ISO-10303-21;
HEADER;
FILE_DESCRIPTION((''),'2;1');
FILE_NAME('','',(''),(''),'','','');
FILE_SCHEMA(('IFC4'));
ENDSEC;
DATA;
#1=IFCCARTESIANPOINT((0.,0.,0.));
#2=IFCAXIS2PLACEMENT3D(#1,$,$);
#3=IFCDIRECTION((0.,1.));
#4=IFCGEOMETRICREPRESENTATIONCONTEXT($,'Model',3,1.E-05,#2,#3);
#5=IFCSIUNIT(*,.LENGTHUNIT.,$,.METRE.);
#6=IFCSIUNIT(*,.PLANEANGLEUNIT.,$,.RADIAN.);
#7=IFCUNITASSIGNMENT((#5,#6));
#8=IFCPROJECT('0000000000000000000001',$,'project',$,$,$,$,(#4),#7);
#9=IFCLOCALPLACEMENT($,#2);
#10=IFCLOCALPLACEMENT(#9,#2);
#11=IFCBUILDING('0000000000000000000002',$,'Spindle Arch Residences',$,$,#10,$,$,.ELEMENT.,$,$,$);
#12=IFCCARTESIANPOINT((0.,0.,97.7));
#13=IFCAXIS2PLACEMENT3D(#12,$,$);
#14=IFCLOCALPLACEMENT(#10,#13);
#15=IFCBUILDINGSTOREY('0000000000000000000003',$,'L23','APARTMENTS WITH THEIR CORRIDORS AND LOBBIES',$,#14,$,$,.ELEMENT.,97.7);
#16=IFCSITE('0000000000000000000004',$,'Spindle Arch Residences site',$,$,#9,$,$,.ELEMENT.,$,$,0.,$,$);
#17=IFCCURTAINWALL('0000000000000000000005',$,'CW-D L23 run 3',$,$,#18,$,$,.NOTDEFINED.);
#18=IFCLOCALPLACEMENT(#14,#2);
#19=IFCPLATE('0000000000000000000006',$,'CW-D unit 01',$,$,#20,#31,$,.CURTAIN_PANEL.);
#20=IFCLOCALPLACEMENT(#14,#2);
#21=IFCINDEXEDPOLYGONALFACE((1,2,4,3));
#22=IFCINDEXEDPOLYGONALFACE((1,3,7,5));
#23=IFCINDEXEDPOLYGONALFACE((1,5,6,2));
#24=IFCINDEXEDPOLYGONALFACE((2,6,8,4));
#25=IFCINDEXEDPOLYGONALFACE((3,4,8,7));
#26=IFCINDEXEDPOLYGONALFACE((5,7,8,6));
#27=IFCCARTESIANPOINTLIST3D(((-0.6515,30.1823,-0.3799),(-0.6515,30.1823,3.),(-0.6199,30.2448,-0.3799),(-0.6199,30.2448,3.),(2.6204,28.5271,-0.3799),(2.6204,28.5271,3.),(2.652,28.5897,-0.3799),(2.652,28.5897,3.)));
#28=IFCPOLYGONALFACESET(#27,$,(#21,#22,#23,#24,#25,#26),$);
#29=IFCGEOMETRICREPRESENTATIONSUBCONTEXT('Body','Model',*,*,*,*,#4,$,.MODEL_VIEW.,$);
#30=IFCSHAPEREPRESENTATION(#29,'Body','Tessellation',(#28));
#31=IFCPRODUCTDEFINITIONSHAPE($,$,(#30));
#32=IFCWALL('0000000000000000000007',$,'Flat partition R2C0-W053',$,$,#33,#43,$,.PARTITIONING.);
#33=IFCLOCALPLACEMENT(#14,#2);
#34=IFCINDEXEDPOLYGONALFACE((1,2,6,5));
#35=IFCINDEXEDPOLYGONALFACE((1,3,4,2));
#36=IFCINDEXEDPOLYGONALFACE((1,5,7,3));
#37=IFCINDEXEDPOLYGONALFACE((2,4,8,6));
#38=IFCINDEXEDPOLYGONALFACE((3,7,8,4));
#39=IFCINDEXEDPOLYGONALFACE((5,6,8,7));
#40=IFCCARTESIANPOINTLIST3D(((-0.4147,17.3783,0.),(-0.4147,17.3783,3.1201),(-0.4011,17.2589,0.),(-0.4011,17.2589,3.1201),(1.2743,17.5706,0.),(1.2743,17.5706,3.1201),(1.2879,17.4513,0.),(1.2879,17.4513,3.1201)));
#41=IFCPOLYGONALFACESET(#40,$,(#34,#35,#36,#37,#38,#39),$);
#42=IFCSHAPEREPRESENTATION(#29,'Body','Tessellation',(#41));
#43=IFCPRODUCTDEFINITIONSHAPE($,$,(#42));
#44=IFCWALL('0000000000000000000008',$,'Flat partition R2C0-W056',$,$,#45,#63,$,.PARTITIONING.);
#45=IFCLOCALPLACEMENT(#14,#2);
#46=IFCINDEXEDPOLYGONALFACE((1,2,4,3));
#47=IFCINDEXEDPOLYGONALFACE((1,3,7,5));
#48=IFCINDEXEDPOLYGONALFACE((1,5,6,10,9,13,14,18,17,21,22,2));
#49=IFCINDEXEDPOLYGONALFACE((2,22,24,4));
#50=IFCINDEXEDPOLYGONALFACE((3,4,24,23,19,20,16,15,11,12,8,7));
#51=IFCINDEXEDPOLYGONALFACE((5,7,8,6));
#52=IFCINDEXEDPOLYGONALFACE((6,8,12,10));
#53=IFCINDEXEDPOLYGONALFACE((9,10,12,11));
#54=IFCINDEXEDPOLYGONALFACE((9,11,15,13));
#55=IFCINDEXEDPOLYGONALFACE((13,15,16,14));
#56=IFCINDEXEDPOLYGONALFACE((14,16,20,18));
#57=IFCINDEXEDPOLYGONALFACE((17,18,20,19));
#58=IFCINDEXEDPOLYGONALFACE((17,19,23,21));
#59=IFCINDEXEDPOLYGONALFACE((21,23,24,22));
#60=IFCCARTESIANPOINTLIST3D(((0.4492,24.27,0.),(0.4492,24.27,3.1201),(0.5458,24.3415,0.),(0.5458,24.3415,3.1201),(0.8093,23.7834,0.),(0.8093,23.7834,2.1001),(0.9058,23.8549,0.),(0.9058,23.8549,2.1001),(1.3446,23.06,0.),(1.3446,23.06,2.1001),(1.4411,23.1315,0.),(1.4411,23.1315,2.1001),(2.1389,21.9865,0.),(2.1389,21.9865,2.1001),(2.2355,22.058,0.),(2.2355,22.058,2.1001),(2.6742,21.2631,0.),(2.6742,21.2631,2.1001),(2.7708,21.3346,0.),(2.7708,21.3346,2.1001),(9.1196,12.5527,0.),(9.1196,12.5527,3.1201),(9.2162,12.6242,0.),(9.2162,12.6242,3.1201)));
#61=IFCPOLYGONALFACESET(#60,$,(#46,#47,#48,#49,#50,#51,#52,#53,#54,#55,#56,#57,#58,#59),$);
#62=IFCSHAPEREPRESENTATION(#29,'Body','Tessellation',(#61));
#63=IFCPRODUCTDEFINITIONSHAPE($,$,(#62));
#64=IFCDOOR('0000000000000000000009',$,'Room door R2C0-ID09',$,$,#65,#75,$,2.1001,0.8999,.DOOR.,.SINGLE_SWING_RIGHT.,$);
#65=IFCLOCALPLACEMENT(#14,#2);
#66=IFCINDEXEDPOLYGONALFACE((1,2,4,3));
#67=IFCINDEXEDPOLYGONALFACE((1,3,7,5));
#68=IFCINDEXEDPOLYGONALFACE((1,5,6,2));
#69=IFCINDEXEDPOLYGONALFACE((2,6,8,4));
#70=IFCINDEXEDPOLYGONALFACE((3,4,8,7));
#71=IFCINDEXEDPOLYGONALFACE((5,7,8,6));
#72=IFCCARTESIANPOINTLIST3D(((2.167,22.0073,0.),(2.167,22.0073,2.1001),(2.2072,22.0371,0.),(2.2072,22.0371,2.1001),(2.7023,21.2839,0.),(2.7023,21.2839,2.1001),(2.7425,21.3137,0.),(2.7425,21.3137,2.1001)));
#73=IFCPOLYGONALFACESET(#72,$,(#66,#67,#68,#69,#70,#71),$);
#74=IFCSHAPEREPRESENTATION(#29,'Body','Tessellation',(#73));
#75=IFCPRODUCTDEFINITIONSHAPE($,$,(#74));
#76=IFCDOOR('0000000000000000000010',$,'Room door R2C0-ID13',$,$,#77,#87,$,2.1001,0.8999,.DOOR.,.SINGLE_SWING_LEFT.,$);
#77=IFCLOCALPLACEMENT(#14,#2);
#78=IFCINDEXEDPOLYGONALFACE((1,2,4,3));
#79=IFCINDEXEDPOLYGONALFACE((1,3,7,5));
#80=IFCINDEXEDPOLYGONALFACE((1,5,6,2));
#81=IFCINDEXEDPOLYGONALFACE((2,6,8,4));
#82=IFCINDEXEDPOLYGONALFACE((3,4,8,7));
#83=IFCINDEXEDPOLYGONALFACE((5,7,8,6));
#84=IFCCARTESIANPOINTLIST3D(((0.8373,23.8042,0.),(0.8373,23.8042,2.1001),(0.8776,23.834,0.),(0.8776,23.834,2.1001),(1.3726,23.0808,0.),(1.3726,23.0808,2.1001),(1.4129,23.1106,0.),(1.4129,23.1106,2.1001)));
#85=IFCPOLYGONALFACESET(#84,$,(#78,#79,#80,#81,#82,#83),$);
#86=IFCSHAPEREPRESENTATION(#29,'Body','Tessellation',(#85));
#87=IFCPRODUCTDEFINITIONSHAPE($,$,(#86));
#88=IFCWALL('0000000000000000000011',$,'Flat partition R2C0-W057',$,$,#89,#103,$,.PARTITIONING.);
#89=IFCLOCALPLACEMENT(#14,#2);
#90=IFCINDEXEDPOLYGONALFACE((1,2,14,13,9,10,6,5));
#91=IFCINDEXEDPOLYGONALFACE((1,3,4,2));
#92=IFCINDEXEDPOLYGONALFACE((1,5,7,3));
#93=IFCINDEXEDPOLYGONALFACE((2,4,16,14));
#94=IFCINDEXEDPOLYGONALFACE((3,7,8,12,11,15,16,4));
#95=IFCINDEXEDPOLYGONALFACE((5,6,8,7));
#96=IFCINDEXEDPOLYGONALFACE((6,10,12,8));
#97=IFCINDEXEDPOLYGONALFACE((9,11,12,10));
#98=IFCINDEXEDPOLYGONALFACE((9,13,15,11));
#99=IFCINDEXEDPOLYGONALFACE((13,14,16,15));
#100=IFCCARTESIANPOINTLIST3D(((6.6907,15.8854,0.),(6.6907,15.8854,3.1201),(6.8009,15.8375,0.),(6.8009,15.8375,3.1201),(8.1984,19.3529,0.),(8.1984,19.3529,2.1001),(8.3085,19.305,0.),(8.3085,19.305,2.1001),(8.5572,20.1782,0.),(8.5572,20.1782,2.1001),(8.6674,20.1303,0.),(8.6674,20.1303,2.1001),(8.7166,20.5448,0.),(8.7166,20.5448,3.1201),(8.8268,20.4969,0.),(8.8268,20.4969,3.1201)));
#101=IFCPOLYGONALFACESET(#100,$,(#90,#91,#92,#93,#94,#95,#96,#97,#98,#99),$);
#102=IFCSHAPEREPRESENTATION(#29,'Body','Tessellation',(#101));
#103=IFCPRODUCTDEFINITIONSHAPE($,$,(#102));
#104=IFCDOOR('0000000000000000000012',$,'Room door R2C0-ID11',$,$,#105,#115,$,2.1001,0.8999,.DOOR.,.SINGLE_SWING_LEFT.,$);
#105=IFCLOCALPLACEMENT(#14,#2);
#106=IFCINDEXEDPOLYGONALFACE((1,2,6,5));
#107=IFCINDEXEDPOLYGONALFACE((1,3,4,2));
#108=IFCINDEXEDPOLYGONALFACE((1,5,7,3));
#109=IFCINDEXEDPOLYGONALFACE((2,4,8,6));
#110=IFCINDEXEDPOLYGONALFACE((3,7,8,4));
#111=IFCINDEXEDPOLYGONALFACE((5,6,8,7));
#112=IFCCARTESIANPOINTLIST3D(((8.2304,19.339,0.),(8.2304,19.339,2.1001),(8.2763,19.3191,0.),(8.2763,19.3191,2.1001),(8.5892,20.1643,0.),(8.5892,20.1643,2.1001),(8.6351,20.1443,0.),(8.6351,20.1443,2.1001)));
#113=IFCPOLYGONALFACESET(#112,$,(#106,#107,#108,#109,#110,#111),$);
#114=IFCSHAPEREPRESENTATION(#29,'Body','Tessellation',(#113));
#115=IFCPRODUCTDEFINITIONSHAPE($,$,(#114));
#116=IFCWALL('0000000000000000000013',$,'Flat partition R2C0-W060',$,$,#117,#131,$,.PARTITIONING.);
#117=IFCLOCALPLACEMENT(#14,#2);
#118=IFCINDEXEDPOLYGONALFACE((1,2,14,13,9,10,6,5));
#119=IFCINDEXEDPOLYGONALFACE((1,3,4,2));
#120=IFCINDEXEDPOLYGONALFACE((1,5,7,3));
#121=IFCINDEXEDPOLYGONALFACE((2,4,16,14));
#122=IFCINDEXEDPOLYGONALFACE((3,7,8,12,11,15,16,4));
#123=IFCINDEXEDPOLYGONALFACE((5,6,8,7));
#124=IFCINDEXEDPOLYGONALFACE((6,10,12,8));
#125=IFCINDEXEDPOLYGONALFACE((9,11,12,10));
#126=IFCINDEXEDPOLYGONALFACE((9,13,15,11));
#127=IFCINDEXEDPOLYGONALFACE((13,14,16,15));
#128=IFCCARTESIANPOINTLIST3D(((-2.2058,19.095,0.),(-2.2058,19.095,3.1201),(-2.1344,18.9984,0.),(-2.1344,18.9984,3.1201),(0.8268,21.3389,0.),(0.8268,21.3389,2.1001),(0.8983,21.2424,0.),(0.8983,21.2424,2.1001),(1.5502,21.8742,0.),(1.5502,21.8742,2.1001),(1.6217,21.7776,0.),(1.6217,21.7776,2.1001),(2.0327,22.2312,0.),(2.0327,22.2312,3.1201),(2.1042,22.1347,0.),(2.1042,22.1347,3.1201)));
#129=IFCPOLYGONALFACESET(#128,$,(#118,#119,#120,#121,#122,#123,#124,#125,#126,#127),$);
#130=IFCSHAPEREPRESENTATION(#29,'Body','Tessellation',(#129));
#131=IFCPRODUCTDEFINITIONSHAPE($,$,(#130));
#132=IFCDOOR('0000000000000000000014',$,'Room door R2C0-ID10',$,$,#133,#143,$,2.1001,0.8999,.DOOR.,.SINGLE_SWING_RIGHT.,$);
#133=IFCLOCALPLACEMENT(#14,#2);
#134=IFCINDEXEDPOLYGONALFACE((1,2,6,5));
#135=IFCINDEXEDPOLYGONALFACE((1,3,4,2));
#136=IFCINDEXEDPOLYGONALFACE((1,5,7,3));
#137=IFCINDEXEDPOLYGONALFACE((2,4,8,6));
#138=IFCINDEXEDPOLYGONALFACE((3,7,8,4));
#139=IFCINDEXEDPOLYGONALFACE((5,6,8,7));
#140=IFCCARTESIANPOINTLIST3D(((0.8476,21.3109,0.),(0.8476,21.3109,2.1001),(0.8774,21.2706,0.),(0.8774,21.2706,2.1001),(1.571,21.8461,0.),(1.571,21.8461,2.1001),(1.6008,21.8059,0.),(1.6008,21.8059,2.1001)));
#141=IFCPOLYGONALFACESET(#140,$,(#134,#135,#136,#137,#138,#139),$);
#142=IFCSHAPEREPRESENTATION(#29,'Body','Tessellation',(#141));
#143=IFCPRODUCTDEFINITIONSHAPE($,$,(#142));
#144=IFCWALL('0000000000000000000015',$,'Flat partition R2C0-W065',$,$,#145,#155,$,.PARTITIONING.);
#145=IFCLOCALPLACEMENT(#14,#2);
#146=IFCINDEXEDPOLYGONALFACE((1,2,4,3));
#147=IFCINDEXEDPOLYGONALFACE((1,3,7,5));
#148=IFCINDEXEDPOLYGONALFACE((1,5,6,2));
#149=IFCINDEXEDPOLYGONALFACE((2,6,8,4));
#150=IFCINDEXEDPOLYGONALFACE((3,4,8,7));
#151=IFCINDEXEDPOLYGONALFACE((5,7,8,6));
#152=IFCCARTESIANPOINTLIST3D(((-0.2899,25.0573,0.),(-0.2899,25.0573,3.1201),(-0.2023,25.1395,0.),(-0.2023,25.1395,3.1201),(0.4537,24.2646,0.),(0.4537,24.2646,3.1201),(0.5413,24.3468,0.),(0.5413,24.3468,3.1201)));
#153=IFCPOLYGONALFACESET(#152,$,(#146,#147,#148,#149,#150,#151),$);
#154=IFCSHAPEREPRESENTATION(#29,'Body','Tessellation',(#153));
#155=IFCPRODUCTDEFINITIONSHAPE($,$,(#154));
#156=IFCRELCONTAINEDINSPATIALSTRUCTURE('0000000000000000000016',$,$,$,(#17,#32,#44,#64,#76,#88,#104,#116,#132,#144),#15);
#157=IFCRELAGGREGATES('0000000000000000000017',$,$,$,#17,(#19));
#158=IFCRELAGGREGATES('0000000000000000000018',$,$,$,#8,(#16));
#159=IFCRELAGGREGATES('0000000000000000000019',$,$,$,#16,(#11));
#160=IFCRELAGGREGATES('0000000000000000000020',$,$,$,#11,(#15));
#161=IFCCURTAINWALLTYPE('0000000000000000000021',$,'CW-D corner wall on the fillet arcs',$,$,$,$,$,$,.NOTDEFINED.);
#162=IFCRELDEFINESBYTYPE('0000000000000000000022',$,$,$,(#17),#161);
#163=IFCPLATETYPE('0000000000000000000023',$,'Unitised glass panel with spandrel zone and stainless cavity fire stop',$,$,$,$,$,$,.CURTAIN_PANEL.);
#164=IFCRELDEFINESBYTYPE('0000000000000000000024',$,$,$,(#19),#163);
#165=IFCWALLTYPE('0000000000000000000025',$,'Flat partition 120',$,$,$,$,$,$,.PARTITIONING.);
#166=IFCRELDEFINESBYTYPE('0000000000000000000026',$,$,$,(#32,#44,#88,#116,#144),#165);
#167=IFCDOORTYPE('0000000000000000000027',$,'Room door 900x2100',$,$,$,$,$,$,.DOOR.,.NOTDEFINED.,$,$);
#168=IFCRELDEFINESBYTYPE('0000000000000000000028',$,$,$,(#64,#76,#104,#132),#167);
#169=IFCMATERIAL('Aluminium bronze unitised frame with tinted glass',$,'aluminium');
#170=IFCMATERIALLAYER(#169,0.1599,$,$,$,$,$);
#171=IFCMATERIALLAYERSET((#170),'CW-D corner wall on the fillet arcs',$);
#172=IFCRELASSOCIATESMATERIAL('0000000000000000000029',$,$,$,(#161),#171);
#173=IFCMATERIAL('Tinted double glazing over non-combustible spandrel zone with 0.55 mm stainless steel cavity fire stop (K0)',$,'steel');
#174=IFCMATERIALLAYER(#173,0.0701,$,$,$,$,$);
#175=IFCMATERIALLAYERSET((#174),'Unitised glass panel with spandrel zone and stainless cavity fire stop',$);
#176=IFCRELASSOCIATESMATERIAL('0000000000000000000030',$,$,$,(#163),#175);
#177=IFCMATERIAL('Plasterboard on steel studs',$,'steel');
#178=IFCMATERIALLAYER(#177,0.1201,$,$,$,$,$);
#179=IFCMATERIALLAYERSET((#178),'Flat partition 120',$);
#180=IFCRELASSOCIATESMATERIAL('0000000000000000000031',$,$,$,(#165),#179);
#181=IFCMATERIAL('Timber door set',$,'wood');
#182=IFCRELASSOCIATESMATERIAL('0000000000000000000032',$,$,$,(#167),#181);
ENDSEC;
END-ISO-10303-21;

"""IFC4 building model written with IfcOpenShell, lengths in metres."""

from ifc_helpers import new_model, si_unit, direction, frame, frame_2d, origin, origin_2d, place, context, subcontext, project, spatial, rectangle, extrude, material, layer, layer_set, type_object, element, fill, aggregate, save


model = new_model("IFC4")

# Units and contexts
model_context = context("Model", 3, precision=1e-05, world=origin(), true_north=direction((0.0, 1.0)))
body_context = subcontext(model_context, "Body", "Model", "MODEL_VIEW")
ifc_project = project(units=[si_unit("LENGTHUNIT", "METRE"), si_unit("PLANEANGLEUNIT", "RADIAN")], contexts=[model_context])

# Site, building, storey
site_placement = place(None, origin())
site = spatial("IfcSite", under=ifc_project, at=site_placement, Name="Spindle Arch Residences site", CompositionType="ELEMENT", RefElevation=0.0)
building_placement = place(site_placement, origin())
building = spatial("IfcBuilding", under=site, at=building_placement, Name="Spindle Arch Residences", CompositionType="ELEMENT")
storey_placement = place(building_placement, frame((0.0, 0.0, 97.7)))
storey = spatial("IfcBuildingStorey", under=building, at=storey_placement, Name="L23", Description="APARTMENTS WITH THEIR CORRIDORS AND LOBBIES", CompositionType="ELEMENT", Elevation=97.7)

# Curtain wall
ifc_material_1 = material(Name="Aluminium bronze unitised frame with tinted glass", Category="aluminium")
ifc_layer_1 = layer(ifc_material_1, 0.1599)
ifc_layer_set_1 = layer_set([ifc_layer_1], Name="CW-D corner wall on the fillet arcs")
curtain_wall_type_1 = type_object("IfcCurtainWallType", Name="CW-D corner wall on the fillet arcs", PredefinedType="NOTDEFINED", material=ifc_layer_set_1)
curtain_wall_1_placement = place(storey_placement, origin())
curtain_wall_1 = element("IfcCurtainWall", 1, at=curtain_wall_1_placement, inside=storey, type_object=curtain_wall_type_1, Name="CW-D L23 run 3", PredefinedType="NOTDEFINED")

# Plate
ifc_material_2 = material(Name="Tinted double glazing over non-combustible spandrel zone with 0.55 mm stainless steel cavity fire stop (K0)", Category="steel")
ifc_layer_2 = layer(ifc_material_2, 0.0701)
ifc_layer_set_2 = layer_set([ifc_layer_2], Name="Unitised glass panel with spandrel zone and stainless cavity fire stop")
plate_type = type_object("IfcPlateType", Name="Unitised glass panel with spandrel zone and stainless cavity fire stop", PredefinedType="CURTAIN_PANEL", material=ifc_layer_set_2)
plate_1_placement = place(storey_placement, frame((1.0002, 29.386, -0.3799), z_axis=(0.0, 0.0, 1.0), x_axis=(-0.892323, 0.451397, 0.0)))
plate_1 = element("IfcPlate", 2, at=plate_1_placement, type_object=plate_type, Name="CW-D unit 01", PredefinedType="CURTAIN_PANEL", context=body_context, shape_type="SweptSolid", body=[
    extrude(rectangle(XDim=3.6667, YDim=0.0701, at=origin_2d()), origin(), (0.0, 0.0, 1.0), 3.3799),
])
aggregate(curtain_wall_1, [plate_1])

# Wall
ifc_material_3 = material(Name="Plasterboard on steel studs", Category="steel")
ifc_layer_3 = layer(ifc_material_3, 0.1201)
ifc_layer_set_3 = layer_set([ifc_layer_3], Name="Flat partition 120")
wall_type_1 = type_object("IfcWallType", Name="Flat partition 120", PredefinedType="PARTITIONING", material=ifc_layer_set_3)
wall_1_placement = place(storey_placement, frame((1.2812, 17.511, 0.0), z_axis=(0.0, 0.0, 1.0), x_axis=(-0.993575, -0.113174, 0.0)))
element("IfcWall", 3, at=wall_1_placement, inside=storey, type_object=wall_type_1, Name="Flat partition R2C0-W053", PredefinedType="PARTITIONING", context=body_context, shape_type="SweptSolid", body=[
    extrude(rectangle(XDim=1.7, YDim=0.1201, at=frame_2d((0.8501, 0.0))), origin(), (0.0, 0.0, 1.0), 3.1201),
])

# Wall, openings, doors
wall_2_placement = place(storey_placement, frame((0.4976, 24.3057, 0.0), z_axis=(0.0, 0.0, 1.0), x_axis=(0.594826, -0.803854, 0.0)))
wall_2 = element("IfcWall", 4, at=wall_2_placement, inside=storey, type_object=wall_type_1, Name="Flat partition R2C0-W056", PredefinedType="PARTITIONING", context=body_context, shape_type="SweptSolid", body=[
    extrude(rectangle(XDim=14.5764, YDim=0.1201, at=frame_2d((7.2881, 0.0))), origin(), (0.0, 0.0, 1.0), 3.1201),
])
opening_1_placement = place(wall_2_placement, frame((2.8406, 0.0, 0.0)))
opening_1 = element("IfcOpeningElement", 5, at=opening_1_placement, cuts=wall_2, PredefinedType="OPENING", context=body_context, shape_type="SweptSolid", body=[
    extrude(rectangle(XDim=0.8999, YDim=2.1001, at=frame_2d((0.45, 1.05))), frame((0.0, 0.0701, 0.0), z_axis=(0.0, -1.0, 0.0), x_axis=(1.0, 0.0, 0.0)), (0.0, 0.0, 1.0), 0.1401),
])
opening_2_placement = place(wall_2_placement, frame((0.6052, 0.0, 0.0)))
opening_2 = element("IfcOpeningElement", 6, at=opening_2_placement, cuts=wall_2, PredefinedType="OPENING", context=body_context, shape_type="SweptSolid", body=[
    extrude(rectangle(XDim=0.8999, YDim=2.1001, at=frame_2d((0.45, 1.05))), frame((0.0, 0.0701, 0.0), z_axis=(0.0, -1.0, 0.0), x_axis=(1.0, 0.0, 0.0)), (0.0, 0.0, 1.0), 0.1401),
])
ifc_material_4 = material(Name="Timber door set", Category="wood")
door_type = type_object("IfcDoorType", Name="Room door 900x2100", OperationType="NOTDEFINED", PredefinedType="DOOR", material=ifc_material_4)
door_1_placement = place(opening_1_placement, origin())
door_1 = element("IfcDoor", 7, at=door_1_placement, inside=storey, type_object=door_type, Name="Room door R2C0-ID09", OperationType="SINGLE_SWING_RIGHT", OverallHeight=2.1001, OverallWidth=0.8999, PredefinedType="DOOR", context=body_context, shape_type="SweptSolid", body=[
    extrude(rectangle(XDim=0.8999, YDim=2.1001, at=frame_2d((0.45, 1.05))), frame((0.0, 0.0249, 0.0), z_axis=(0.0, -1.0, 0.0), x_axis=(1.0, 0.0, 0.0)), (0.0, 0.0, 1.0), 0.05),
])
fill(opening_1, door_1)
door_2_placement = place(opening_2_placement, origin())
door_2 = element("IfcDoor", 8, at=door_2_placement, inside=storey, type_object=door_type, Name="Room door R2C0-ID13", OperationType="SINGLE_SWING_LEFT", OverallHeight=2.1001, OverallWidth=0.8999, PredefinedType="DOOR", context=body_context, shape_type="SweptSolid", body=[
    extrude(rectangle(XDim=0.8999, YDim=2.1001, at=frame_2d((0.45, 1.05))), frame((0.0, 0.0249, 0.0), z_axis=(0.0, -1.0, 0.0), x_axis=(1.0, 0.0, 0.0)), (0.0, 0.0, 1.0), 0.05),
])
fill(opening_2, door_2)

# Walls, openings, doors
wall_3_placement = place(storey_placement, frame((8.7717, 20.521, 0.0), z_axis=(0.0, 0.0, 1.0), x_axis=(-0.398733, -0.917067, 0.0)))
wall_3 = element("IfcWall", 9, at=wall_3_placement, inside=storey, type_object=wall_type_1, Name="Flat partition R2C0-W057", PredefinedType="PARTITIONING", context=body_context, shape_type="SweptSolid", body=[
    extrude(rectangle(XDim=5.0808, YDim=0.1201, at=frame_2d((2.5405, 0.0))), origin(), (0.0, 0.0, 1.0), 3.1201),
])
opening_3_placement = place(wall_3_placement, frame((0.3999, 0.0, 0.0)))
opening_3 = element("IfcOpeningElement", 10, at=opening_3_placement, cuts=wall_3, PredefinedType="OPENING", context=body_context, shape_type="SweptSolid", body=[
    extrude(rectangle(XDim=0.8999, YDim=2.1001, at=frame_2d((0.45, 1.05))), frame((0.0, 0.0701, 0.0), z_axis=(0.0, -1.0, 0.0), x_axis=(1.0, 0.0, 0.0)), (0.0, 0.0, 1.0), 0.1401),
])
door_3_placement = place(opening_3_placement, origin())
door_3 = element("IfcDoor", 11, at=door_3_placement, inside=storey, type_object=door_type, Name="Room door R2C0-ID11", OperationType="SINGLE_SWING_LEFT", OverallHeight=2.1001, OverallWidth=0.8999, PredefinedType="DOOR", context=body_context, shape_type="SweptSolid", body=[
    extrude(rectangle(XDim=0.8999, YDim=2.1001, at=frame_2d((0.45, 1.05))), frame((0.0, 0.0249, 0.0), z_axis=(0.0, -1.0, 0.0), x_axis=(1.0, 0.0, 0.0)), (0.0, 0.0, 1.0), 0.05),
])
fill(opening_3, door_3)
wall_4_placement = place(storey_placement, frame((2.0684, 22.1829, 0.0), z_axis=(0.0, 0.0, 1.0), x_axis=(-0.803867, -0.594809, 0.0)))
wall_4 = element("IfcWall", 12, at=wall_4_placement, inside=storey, type_object=wall_type_1, Name="Flat partition R2C0-W060", PredefinedType="PARTITIONING", context=body_context, shape_type="SweptSolid", body=[
    extrude(rectangle(XDim=5.2727, YDim=0.1201, at=frame_2d((2.6362, 0.0))), origin(), (0.0, 0.0, 1.0), 3.1201),
])
opening_4_placement = place(wall_4_placement, frame((0.6001, 0.0, 0.0)))
opening_4 = element("IfcOpeningElement", 13, at=opening_4_placement, cuts=wall_4, PredefinedType="OPENING", context=body_context, shape_type="SweptSolid", body=[
    extrude(rectangle(XDim=0.8999, YDim=2.1001, at=frame_2d((0.45, 1.05))), frame((0.0, 0.0701, 0.0), z_axis=(0.0, -1.0, 0.0), x_axis=(1.0, 0.0, 0.0)), (0.0, 0.0, 1.0), 0.1401),
])
door_4_placement = place(opening_4_placement, origin())
door_4 = element("IfcDoor", 14, at=door_4_placement, inside=storey, type_object=door_type, Name="Room door R2C0-ID10", OperationType="SINGLE_SWING_RIGHT", OverallHeight=2.1001, OverallWidth=0.8999, PredefinedType="DOOR", context=body_context, shape_type="SweptSolid", body=[
    extrude(rectangle(XDim=0.8999, YDim=2.1001, at=frame_2d((0.45, 1.05))), frame((0.0, 0.0249, 0.0), z_axis=(0.0, -1.0, 0.0), x_axis=(1.0, 0.0, 0.0)), (0.0, 0.0, 1.0), 0.05),
])
fill(opening_4, door_4)

# Wall
wall_5_placement = place(storey_placement, frame((-0.2461, 25.0984, 0.0), z_axis=(0.0, 0.0, 1.0), x_axis=(0.684173, -0.72932, 0.0)))
element("IfcWall", 15, at=wall_5_placement, inside=storey, type_object=wall_type_1, Name="Flat partition R2C0-W065", PredefinedType="PARTITIONING", context=body_context, shape_type="SweptSolid", body=[
    extrude(rectangle(XDim=1.0869, YDim=0.1201, at=frame_2d((0.5435, 0.0))), origin(), (0.0, 0.0, 1.0), 3.1201),
])

save(model, "model.ifc")
